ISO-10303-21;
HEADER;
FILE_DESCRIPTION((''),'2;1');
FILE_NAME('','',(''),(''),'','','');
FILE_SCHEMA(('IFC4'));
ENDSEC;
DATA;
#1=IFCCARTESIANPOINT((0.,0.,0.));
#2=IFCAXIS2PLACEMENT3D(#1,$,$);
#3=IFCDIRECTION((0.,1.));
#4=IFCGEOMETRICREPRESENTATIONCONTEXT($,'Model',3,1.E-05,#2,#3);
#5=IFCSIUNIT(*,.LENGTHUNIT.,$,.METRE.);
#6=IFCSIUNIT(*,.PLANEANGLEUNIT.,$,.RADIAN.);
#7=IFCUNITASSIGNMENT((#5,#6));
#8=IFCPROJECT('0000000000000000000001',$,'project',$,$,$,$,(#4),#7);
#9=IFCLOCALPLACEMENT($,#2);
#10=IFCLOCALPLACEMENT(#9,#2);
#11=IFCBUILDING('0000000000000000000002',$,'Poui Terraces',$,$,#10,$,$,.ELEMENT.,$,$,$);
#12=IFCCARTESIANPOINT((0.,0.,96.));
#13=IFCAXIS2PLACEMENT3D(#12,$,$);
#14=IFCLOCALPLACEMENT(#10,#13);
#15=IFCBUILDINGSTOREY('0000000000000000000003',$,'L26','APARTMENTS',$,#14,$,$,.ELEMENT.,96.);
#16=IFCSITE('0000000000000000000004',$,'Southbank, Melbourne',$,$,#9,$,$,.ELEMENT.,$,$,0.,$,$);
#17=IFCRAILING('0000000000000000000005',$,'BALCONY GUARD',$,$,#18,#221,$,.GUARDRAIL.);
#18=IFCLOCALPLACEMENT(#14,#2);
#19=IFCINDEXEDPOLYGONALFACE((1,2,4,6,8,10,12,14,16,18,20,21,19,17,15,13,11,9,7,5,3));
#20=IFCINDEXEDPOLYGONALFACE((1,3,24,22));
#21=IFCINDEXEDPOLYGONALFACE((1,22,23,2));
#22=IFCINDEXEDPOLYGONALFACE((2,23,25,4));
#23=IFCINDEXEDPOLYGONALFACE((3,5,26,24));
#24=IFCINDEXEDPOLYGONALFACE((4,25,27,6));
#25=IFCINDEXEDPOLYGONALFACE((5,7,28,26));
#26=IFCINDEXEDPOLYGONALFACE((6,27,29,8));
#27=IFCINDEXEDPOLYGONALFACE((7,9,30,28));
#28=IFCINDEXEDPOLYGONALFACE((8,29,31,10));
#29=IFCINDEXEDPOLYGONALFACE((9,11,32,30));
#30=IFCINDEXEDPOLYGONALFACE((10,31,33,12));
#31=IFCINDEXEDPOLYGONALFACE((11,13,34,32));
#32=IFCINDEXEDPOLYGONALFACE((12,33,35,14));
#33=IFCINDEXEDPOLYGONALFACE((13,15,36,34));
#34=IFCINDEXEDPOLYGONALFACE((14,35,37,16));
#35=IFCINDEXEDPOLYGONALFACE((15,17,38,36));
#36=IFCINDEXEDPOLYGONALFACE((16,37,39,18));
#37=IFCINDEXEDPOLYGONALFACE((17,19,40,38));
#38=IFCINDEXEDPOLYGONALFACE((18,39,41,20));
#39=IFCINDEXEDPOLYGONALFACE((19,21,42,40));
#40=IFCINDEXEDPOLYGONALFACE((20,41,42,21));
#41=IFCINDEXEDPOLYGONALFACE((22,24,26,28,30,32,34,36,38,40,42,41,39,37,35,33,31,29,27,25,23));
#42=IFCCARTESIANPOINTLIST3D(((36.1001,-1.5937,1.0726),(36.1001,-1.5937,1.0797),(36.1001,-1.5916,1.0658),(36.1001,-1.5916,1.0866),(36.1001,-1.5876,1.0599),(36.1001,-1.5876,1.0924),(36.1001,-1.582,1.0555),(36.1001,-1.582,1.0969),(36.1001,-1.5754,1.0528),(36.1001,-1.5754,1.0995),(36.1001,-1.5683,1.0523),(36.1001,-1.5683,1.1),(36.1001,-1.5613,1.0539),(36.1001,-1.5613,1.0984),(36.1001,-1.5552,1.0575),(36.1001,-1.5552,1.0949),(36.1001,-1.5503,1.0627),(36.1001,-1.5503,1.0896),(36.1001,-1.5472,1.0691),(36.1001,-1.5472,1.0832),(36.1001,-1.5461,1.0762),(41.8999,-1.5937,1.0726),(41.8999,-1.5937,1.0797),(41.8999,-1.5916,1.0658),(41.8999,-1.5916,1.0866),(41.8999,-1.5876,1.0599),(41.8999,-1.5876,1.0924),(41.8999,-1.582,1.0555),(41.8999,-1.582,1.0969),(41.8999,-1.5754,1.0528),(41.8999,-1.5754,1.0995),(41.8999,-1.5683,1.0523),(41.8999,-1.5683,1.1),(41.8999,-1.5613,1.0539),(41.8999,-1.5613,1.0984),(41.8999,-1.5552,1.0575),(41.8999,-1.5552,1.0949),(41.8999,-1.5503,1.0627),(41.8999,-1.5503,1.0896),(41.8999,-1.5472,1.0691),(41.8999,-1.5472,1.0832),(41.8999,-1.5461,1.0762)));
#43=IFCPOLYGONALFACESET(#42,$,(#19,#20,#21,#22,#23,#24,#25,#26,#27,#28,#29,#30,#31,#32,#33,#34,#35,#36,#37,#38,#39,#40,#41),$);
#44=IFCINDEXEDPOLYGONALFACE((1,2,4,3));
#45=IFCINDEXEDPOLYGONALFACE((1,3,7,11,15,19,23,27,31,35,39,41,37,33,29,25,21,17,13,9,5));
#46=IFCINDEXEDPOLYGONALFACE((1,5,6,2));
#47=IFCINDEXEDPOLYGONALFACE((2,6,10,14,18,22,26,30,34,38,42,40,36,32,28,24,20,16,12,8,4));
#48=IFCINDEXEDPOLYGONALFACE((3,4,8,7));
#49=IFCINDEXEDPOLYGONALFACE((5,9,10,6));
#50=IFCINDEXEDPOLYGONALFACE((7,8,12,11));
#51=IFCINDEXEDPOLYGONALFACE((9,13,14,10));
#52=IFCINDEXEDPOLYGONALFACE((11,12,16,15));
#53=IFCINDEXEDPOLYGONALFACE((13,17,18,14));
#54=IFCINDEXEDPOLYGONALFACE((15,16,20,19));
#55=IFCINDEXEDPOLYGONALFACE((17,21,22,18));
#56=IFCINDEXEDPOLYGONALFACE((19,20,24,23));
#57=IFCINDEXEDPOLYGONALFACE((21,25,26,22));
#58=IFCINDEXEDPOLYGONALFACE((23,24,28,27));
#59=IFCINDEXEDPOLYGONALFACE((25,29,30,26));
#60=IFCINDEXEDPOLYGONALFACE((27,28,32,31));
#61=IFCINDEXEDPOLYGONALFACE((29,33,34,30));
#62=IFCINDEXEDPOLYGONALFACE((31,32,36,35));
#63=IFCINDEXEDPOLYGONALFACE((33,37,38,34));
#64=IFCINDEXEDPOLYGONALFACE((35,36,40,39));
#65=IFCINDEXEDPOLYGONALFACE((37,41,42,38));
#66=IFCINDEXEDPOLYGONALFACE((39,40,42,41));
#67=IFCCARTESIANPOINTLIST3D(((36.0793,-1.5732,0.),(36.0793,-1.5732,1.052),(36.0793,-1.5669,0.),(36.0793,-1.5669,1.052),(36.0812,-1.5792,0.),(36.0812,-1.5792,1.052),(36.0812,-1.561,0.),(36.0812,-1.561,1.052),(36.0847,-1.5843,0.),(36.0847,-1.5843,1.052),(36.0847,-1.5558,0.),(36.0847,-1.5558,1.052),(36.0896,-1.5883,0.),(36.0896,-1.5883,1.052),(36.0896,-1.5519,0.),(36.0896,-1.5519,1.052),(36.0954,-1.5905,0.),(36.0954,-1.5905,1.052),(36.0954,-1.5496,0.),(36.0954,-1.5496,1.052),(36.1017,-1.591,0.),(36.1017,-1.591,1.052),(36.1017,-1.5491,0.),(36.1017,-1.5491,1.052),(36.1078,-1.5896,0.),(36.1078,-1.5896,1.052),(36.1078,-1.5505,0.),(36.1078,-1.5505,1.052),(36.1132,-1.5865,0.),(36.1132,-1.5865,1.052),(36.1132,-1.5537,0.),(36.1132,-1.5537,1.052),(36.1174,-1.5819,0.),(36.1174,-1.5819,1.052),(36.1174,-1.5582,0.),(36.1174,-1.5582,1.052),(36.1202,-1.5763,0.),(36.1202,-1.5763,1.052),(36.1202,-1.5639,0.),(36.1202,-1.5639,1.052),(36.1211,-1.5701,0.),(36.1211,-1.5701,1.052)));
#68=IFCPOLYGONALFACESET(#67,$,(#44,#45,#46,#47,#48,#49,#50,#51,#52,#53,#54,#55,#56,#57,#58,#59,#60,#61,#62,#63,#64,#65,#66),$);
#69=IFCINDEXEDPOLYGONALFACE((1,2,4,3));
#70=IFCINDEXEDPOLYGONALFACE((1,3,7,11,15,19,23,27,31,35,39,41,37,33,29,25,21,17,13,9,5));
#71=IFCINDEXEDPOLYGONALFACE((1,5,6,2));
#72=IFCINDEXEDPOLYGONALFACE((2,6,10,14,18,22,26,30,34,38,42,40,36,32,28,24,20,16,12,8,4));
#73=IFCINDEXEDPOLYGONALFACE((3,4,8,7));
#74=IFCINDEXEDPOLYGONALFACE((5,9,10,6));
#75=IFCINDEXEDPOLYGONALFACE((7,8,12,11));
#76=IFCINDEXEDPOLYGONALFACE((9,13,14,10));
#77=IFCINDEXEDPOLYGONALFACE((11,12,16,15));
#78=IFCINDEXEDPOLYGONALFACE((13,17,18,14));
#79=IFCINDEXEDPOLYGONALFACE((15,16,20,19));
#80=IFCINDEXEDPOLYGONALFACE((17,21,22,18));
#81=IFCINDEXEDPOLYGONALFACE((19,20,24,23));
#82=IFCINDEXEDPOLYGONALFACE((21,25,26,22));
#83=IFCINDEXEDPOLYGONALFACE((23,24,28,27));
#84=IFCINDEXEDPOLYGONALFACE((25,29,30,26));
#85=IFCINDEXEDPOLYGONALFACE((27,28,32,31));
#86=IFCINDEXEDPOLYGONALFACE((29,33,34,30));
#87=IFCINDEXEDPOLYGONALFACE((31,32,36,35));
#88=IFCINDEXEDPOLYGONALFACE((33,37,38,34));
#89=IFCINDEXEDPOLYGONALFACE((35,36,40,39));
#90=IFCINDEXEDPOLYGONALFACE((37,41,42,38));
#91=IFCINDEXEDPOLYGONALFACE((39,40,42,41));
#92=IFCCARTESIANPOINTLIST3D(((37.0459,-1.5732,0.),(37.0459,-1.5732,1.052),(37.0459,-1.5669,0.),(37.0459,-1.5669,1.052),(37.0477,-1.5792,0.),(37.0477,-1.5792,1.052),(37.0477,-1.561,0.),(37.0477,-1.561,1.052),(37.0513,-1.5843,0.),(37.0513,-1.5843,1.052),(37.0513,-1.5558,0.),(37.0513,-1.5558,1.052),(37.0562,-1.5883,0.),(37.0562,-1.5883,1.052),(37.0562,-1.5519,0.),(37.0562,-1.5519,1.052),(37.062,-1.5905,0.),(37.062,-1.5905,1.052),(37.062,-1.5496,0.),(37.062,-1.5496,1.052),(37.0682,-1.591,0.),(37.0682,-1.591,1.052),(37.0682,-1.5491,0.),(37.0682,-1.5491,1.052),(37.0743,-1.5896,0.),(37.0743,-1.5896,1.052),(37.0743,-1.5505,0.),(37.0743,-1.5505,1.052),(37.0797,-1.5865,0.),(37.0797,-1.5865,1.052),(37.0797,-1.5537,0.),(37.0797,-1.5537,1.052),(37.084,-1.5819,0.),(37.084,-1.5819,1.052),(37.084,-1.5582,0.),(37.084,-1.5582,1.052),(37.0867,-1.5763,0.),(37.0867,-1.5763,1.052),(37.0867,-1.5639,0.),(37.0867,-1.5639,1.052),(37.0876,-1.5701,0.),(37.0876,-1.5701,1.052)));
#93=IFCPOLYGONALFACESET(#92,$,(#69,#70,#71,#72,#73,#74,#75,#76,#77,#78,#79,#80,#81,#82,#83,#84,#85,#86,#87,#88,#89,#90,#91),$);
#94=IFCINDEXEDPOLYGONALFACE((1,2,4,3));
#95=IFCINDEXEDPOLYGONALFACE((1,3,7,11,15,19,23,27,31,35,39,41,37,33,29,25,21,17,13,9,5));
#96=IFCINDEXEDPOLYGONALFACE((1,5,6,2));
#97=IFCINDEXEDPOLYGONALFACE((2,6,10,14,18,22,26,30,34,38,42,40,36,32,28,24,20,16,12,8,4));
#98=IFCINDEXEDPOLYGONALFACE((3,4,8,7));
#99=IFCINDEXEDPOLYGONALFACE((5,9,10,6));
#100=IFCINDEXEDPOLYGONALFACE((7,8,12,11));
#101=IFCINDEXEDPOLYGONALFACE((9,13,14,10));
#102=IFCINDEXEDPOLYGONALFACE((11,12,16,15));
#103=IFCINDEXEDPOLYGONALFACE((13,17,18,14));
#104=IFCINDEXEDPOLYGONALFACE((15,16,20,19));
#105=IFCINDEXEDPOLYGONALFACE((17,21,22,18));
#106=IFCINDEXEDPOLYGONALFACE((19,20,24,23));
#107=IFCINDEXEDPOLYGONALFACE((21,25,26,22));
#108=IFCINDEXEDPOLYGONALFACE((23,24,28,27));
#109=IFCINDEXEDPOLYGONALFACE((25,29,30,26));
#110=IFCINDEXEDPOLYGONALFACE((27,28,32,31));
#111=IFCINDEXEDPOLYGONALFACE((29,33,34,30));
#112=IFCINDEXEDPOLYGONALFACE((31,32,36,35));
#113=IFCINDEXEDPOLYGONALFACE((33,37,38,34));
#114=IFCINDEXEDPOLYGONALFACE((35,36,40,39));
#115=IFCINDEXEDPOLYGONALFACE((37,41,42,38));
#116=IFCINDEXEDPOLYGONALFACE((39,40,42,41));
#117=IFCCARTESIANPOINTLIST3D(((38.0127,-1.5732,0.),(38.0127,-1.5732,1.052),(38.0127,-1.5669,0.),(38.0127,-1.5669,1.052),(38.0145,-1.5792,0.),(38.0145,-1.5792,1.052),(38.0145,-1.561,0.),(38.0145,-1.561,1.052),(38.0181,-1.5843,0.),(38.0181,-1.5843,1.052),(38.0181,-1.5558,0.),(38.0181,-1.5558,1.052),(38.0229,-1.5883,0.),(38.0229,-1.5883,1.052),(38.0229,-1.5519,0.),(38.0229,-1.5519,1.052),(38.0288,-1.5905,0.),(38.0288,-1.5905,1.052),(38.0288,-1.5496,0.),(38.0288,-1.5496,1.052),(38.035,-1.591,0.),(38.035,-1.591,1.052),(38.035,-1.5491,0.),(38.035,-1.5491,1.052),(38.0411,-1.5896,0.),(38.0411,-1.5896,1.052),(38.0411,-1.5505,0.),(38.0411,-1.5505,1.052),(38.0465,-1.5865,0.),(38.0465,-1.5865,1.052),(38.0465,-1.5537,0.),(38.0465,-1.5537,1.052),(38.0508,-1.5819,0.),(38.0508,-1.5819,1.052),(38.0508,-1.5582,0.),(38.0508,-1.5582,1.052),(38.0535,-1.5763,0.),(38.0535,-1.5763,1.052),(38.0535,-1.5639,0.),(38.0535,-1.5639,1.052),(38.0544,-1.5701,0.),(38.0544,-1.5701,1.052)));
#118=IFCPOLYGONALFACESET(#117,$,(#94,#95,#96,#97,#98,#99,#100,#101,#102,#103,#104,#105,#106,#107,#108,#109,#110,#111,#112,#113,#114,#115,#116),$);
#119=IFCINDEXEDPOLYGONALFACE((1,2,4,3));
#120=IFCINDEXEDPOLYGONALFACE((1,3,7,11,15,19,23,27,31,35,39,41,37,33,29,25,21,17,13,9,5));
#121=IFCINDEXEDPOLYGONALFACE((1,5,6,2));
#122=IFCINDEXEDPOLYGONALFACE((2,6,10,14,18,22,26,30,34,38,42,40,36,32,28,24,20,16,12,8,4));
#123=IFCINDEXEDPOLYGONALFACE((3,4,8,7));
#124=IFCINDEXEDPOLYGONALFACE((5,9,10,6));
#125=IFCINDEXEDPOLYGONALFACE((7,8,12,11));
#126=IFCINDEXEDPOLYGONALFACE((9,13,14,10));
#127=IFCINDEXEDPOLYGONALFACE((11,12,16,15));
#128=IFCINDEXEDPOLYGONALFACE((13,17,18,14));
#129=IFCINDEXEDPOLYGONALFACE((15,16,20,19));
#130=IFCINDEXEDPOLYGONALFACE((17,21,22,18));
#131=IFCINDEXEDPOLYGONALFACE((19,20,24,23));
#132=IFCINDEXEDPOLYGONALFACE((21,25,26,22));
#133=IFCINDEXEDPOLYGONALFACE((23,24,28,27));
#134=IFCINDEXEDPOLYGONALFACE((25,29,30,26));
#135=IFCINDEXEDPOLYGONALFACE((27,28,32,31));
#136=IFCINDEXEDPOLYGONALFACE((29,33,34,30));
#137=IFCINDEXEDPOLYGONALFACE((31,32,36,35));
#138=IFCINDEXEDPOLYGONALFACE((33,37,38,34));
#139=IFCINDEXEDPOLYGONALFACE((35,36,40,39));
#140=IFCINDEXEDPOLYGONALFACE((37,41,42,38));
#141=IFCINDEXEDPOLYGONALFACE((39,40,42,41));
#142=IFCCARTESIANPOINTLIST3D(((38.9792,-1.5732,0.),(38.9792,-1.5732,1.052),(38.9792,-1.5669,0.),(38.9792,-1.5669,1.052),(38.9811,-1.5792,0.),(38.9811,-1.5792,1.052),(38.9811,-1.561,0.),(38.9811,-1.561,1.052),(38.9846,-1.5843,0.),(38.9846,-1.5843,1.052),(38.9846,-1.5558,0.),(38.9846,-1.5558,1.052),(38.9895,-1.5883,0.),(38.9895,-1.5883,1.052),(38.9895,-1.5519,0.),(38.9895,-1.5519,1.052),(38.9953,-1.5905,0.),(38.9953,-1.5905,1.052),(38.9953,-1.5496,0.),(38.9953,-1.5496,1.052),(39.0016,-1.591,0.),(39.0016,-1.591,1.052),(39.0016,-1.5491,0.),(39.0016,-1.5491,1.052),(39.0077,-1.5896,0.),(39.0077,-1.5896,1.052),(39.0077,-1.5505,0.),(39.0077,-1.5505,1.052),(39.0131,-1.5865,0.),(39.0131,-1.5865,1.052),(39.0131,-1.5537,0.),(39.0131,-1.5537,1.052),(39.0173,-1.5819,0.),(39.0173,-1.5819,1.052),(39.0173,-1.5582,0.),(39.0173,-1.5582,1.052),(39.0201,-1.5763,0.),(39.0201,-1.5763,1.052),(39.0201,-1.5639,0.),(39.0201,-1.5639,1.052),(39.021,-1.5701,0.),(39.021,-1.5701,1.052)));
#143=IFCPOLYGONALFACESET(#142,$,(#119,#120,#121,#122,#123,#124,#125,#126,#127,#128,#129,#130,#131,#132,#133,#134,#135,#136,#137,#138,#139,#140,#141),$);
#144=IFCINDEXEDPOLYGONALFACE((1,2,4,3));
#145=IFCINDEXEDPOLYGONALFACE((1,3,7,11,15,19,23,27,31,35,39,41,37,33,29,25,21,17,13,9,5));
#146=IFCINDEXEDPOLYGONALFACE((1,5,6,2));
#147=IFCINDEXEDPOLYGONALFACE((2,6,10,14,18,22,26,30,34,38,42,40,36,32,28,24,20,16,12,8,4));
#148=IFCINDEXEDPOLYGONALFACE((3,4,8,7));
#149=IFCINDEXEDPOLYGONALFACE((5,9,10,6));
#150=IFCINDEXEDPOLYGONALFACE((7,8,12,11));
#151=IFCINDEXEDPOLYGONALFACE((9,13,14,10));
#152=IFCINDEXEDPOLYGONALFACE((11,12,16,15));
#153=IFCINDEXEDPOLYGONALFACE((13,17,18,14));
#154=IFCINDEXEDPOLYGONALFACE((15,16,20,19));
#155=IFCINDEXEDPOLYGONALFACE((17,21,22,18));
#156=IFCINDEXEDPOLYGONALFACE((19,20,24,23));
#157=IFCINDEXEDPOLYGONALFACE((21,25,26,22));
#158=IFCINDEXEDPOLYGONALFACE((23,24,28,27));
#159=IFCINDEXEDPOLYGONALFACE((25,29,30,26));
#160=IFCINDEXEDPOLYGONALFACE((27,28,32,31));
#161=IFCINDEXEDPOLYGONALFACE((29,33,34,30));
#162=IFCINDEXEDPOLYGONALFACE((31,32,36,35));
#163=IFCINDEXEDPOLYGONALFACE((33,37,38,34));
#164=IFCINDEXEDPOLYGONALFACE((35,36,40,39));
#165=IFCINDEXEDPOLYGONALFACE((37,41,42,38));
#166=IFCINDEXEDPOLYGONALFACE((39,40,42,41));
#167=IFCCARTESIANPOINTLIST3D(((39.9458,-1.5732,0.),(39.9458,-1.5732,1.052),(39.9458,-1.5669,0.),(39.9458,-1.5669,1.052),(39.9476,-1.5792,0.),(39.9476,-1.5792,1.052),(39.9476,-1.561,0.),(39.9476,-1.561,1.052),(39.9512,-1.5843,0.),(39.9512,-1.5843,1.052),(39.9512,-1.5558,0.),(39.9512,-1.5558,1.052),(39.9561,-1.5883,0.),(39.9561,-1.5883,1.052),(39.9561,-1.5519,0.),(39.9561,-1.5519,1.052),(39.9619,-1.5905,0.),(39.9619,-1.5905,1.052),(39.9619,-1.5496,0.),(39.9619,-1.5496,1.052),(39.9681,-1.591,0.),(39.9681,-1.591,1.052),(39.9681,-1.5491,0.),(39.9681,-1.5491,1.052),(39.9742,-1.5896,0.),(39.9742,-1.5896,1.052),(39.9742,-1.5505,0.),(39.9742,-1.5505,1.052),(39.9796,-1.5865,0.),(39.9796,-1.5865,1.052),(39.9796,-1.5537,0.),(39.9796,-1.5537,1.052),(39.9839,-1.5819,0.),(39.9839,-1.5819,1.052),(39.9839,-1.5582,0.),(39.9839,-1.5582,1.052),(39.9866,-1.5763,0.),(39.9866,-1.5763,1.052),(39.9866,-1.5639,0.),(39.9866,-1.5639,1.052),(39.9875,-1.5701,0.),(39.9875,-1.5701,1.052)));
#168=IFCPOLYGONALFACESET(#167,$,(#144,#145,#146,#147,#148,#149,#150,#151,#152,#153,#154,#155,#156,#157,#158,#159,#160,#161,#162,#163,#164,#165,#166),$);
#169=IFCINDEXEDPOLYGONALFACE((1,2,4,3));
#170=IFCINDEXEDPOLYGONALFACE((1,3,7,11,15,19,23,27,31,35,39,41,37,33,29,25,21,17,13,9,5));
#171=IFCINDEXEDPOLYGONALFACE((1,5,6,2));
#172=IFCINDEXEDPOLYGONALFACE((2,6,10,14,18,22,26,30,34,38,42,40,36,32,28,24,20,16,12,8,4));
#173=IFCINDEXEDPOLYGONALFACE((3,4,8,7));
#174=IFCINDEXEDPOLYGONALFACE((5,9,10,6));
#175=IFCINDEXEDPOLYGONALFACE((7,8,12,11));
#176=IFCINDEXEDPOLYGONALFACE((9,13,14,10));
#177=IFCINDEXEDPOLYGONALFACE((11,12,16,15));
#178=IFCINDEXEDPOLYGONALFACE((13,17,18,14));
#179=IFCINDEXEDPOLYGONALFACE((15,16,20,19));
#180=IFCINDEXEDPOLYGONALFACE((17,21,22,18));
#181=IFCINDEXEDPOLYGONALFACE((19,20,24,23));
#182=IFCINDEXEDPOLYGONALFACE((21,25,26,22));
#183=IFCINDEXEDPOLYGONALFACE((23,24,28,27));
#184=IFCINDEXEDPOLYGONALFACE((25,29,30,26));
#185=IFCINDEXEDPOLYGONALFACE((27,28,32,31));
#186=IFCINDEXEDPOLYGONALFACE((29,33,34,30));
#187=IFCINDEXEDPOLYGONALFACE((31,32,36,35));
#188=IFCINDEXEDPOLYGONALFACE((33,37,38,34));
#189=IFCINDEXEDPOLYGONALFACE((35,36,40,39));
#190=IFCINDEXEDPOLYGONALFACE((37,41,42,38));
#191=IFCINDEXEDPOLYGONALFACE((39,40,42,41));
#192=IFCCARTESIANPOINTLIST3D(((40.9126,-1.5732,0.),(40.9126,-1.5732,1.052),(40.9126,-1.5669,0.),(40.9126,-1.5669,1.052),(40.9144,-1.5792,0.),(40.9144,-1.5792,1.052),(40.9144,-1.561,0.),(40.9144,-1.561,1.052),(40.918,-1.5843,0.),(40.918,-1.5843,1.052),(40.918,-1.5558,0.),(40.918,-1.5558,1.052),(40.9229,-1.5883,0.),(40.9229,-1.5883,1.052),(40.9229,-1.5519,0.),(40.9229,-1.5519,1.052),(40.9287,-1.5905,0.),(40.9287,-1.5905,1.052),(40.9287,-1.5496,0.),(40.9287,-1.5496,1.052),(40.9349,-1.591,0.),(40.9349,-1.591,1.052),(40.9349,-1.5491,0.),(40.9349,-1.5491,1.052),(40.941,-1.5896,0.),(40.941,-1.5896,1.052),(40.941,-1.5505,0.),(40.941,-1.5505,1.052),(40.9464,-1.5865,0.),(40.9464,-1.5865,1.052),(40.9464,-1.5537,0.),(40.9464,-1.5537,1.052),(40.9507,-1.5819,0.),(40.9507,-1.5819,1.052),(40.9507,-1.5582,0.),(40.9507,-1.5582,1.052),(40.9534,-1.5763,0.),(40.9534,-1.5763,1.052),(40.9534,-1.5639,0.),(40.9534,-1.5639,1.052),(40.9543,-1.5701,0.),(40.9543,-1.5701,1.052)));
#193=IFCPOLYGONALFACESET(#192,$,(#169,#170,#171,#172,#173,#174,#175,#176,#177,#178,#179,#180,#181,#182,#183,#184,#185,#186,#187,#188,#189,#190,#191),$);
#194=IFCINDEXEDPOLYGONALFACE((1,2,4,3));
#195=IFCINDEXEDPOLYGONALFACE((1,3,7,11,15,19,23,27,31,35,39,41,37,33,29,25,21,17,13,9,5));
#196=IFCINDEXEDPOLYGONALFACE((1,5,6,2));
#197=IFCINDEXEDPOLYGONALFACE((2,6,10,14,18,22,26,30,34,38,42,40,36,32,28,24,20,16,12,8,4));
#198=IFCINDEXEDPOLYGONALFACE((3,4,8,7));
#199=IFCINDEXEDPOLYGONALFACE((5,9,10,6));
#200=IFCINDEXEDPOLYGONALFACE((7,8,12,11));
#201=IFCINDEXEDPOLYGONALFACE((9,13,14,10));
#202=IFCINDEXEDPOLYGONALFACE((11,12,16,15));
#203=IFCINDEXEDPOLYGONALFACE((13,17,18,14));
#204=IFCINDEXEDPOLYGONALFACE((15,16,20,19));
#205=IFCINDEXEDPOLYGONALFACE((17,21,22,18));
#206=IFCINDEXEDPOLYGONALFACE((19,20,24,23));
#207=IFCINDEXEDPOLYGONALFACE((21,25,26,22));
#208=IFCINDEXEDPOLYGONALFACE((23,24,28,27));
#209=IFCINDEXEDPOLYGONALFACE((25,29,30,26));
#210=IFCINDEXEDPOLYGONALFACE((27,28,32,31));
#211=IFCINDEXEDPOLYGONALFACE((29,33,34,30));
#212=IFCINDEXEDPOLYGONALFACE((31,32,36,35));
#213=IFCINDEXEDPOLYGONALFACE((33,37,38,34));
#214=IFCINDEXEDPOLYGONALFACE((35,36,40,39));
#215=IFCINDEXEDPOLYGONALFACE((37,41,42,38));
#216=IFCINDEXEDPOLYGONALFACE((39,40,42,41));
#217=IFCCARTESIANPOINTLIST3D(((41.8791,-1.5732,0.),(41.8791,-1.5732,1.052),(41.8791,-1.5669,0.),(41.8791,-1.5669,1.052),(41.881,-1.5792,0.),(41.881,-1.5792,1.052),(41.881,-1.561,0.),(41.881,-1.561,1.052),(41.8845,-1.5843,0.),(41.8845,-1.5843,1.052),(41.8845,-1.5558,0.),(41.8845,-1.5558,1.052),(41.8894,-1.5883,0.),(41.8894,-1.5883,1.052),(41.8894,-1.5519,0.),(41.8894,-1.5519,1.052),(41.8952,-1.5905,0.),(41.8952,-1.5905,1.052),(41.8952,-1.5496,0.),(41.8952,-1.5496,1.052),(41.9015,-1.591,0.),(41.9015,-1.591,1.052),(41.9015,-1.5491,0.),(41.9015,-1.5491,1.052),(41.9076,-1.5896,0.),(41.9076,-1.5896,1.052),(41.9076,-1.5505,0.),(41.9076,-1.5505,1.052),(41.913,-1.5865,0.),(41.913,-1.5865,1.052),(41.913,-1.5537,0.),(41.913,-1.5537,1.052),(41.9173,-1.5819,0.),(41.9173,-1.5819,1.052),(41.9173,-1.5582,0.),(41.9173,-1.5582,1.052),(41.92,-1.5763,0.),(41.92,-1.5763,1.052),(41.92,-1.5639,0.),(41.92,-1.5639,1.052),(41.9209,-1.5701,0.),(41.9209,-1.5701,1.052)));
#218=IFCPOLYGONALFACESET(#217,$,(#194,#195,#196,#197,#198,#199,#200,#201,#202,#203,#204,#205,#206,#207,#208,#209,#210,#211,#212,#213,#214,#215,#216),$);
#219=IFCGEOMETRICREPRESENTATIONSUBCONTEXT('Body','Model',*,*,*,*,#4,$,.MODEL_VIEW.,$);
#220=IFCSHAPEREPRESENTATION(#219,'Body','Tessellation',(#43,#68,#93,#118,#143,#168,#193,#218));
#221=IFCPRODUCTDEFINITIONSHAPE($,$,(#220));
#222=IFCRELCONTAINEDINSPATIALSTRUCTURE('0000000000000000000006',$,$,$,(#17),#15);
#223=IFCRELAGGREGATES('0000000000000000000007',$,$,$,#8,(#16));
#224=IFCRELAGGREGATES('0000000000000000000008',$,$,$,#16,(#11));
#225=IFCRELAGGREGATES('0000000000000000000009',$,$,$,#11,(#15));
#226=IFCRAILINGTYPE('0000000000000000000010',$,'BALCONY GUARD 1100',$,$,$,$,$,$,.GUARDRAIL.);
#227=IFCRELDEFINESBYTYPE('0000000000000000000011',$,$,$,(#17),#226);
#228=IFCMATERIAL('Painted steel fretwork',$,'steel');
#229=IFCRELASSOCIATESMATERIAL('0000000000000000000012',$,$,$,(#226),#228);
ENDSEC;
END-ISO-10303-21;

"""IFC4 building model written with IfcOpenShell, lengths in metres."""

from ifc_helpers import new_model, si_unit, direction, frame, origin, origin_2d, place, context, subcontext, project, spatial, circle, extrude, material, type_object, element, save


model = new_model("IFC4")

# Units and contexts
model_context = context("Model", 3, precision=1e-05, world=origin(), true_north=direction((0.0, 1.0)))
body_context = subcontext(model_context, "Body", "Model", "MODEL_VIEW")
ifc_project = project(units=[si_unit("LENGTHUNIT", "METRE"), si_unit("PLANEANGLEUNIT", "RADIAN")], contexts=[model_context])

# Site, building, storey
site_placement = place(None, origin())
site = spatial("IfcSite", under=ifc_project, at=site_placement, Name="Southbank, Melbourne", CompositionType="ELEMENT", RefElevation=0.0)
building_placement = place(site_placement, origin())
building = spatial("IfcBuilding", under=site, at=building_placement, Name="Poui Terraces", CompositionType="ELEMENT")
storey_placement = place(building_placement, frame((0.0, 0.0, 96.0)))
storey = spatial("IfcBuildingStorey", under=building, at=storey_placement, Name="L26", Description="APARTMENTS", CompositionType="ELEMENT", Elevation=96.0)

# Railing
ifc_material_1 = material(Name="Painted steel fretwork", Category="steel")
railing_type = type_object("IfcRailingType", Name="BALCONY GUARD 1100", PredefinedType="GUARDRAIL", material=ifc_material_1)
for number, where, name in (
    (1, (36.1001, -1.5701, 0.0), "BALCONY GUARD"),
):
    element("IfcRailing", number, at=place(storey_placement, frame(where)), inside=storey, type_object=railing_type, Name=name, PredefinedType="GUARDRAIL", context=body_context, shape_type="SweptSolid", body=[
        extrude(circle(Radius=0.0239, at=origin_2d()), frame((0.0, 0.0, 1.0762), z_axis=(1.0, 0.0, 0.0), x_axis=(0.0, 1.0, 0.0)), (0.0, 0.0, 1.0), 5.7998),
        extrude(circle(Radius=0.021, at=origin_2d()), origin(), (0.0, 0.0, 1.0), 1.052),
        extrude(circle(Radius=0.021, at=origin_2d()), frame((0.9666, 0.0, 0.0)), (0.0, 0.0, 1.0), 1.052),
        extrude(circle(Radius=0.021, at=origin_2d()), frame((1.9333, 0.0, 0.0)), (0.0, 0.0, 1.0), 1.052),
        extrude(circle(Radius=0.021, at=origin_2d()), frame((2.8999, 0.0, 0.0)), (0.0, 0.0, 1.0), 1.052),
        extrude(circle(Radius=0.021, at=origin_2d()), frame((3.8665, 0.0, 0.0)), (0.0, 0.0, 1.0), 1.052),
        extrude(circle(Radius=0.021, at=origin_2d()), frame((4.8333, 0.0, 0.0)), (0.0, 0.0, 1.0), 1.052),
        extrude(circle(Radius=0.021, at=origin_2d()), frame((5.7998, 0.0, 0.0)), (0.0, 0.0, 1.0), 1.052),
    ])

save(model, "model.ifc")
